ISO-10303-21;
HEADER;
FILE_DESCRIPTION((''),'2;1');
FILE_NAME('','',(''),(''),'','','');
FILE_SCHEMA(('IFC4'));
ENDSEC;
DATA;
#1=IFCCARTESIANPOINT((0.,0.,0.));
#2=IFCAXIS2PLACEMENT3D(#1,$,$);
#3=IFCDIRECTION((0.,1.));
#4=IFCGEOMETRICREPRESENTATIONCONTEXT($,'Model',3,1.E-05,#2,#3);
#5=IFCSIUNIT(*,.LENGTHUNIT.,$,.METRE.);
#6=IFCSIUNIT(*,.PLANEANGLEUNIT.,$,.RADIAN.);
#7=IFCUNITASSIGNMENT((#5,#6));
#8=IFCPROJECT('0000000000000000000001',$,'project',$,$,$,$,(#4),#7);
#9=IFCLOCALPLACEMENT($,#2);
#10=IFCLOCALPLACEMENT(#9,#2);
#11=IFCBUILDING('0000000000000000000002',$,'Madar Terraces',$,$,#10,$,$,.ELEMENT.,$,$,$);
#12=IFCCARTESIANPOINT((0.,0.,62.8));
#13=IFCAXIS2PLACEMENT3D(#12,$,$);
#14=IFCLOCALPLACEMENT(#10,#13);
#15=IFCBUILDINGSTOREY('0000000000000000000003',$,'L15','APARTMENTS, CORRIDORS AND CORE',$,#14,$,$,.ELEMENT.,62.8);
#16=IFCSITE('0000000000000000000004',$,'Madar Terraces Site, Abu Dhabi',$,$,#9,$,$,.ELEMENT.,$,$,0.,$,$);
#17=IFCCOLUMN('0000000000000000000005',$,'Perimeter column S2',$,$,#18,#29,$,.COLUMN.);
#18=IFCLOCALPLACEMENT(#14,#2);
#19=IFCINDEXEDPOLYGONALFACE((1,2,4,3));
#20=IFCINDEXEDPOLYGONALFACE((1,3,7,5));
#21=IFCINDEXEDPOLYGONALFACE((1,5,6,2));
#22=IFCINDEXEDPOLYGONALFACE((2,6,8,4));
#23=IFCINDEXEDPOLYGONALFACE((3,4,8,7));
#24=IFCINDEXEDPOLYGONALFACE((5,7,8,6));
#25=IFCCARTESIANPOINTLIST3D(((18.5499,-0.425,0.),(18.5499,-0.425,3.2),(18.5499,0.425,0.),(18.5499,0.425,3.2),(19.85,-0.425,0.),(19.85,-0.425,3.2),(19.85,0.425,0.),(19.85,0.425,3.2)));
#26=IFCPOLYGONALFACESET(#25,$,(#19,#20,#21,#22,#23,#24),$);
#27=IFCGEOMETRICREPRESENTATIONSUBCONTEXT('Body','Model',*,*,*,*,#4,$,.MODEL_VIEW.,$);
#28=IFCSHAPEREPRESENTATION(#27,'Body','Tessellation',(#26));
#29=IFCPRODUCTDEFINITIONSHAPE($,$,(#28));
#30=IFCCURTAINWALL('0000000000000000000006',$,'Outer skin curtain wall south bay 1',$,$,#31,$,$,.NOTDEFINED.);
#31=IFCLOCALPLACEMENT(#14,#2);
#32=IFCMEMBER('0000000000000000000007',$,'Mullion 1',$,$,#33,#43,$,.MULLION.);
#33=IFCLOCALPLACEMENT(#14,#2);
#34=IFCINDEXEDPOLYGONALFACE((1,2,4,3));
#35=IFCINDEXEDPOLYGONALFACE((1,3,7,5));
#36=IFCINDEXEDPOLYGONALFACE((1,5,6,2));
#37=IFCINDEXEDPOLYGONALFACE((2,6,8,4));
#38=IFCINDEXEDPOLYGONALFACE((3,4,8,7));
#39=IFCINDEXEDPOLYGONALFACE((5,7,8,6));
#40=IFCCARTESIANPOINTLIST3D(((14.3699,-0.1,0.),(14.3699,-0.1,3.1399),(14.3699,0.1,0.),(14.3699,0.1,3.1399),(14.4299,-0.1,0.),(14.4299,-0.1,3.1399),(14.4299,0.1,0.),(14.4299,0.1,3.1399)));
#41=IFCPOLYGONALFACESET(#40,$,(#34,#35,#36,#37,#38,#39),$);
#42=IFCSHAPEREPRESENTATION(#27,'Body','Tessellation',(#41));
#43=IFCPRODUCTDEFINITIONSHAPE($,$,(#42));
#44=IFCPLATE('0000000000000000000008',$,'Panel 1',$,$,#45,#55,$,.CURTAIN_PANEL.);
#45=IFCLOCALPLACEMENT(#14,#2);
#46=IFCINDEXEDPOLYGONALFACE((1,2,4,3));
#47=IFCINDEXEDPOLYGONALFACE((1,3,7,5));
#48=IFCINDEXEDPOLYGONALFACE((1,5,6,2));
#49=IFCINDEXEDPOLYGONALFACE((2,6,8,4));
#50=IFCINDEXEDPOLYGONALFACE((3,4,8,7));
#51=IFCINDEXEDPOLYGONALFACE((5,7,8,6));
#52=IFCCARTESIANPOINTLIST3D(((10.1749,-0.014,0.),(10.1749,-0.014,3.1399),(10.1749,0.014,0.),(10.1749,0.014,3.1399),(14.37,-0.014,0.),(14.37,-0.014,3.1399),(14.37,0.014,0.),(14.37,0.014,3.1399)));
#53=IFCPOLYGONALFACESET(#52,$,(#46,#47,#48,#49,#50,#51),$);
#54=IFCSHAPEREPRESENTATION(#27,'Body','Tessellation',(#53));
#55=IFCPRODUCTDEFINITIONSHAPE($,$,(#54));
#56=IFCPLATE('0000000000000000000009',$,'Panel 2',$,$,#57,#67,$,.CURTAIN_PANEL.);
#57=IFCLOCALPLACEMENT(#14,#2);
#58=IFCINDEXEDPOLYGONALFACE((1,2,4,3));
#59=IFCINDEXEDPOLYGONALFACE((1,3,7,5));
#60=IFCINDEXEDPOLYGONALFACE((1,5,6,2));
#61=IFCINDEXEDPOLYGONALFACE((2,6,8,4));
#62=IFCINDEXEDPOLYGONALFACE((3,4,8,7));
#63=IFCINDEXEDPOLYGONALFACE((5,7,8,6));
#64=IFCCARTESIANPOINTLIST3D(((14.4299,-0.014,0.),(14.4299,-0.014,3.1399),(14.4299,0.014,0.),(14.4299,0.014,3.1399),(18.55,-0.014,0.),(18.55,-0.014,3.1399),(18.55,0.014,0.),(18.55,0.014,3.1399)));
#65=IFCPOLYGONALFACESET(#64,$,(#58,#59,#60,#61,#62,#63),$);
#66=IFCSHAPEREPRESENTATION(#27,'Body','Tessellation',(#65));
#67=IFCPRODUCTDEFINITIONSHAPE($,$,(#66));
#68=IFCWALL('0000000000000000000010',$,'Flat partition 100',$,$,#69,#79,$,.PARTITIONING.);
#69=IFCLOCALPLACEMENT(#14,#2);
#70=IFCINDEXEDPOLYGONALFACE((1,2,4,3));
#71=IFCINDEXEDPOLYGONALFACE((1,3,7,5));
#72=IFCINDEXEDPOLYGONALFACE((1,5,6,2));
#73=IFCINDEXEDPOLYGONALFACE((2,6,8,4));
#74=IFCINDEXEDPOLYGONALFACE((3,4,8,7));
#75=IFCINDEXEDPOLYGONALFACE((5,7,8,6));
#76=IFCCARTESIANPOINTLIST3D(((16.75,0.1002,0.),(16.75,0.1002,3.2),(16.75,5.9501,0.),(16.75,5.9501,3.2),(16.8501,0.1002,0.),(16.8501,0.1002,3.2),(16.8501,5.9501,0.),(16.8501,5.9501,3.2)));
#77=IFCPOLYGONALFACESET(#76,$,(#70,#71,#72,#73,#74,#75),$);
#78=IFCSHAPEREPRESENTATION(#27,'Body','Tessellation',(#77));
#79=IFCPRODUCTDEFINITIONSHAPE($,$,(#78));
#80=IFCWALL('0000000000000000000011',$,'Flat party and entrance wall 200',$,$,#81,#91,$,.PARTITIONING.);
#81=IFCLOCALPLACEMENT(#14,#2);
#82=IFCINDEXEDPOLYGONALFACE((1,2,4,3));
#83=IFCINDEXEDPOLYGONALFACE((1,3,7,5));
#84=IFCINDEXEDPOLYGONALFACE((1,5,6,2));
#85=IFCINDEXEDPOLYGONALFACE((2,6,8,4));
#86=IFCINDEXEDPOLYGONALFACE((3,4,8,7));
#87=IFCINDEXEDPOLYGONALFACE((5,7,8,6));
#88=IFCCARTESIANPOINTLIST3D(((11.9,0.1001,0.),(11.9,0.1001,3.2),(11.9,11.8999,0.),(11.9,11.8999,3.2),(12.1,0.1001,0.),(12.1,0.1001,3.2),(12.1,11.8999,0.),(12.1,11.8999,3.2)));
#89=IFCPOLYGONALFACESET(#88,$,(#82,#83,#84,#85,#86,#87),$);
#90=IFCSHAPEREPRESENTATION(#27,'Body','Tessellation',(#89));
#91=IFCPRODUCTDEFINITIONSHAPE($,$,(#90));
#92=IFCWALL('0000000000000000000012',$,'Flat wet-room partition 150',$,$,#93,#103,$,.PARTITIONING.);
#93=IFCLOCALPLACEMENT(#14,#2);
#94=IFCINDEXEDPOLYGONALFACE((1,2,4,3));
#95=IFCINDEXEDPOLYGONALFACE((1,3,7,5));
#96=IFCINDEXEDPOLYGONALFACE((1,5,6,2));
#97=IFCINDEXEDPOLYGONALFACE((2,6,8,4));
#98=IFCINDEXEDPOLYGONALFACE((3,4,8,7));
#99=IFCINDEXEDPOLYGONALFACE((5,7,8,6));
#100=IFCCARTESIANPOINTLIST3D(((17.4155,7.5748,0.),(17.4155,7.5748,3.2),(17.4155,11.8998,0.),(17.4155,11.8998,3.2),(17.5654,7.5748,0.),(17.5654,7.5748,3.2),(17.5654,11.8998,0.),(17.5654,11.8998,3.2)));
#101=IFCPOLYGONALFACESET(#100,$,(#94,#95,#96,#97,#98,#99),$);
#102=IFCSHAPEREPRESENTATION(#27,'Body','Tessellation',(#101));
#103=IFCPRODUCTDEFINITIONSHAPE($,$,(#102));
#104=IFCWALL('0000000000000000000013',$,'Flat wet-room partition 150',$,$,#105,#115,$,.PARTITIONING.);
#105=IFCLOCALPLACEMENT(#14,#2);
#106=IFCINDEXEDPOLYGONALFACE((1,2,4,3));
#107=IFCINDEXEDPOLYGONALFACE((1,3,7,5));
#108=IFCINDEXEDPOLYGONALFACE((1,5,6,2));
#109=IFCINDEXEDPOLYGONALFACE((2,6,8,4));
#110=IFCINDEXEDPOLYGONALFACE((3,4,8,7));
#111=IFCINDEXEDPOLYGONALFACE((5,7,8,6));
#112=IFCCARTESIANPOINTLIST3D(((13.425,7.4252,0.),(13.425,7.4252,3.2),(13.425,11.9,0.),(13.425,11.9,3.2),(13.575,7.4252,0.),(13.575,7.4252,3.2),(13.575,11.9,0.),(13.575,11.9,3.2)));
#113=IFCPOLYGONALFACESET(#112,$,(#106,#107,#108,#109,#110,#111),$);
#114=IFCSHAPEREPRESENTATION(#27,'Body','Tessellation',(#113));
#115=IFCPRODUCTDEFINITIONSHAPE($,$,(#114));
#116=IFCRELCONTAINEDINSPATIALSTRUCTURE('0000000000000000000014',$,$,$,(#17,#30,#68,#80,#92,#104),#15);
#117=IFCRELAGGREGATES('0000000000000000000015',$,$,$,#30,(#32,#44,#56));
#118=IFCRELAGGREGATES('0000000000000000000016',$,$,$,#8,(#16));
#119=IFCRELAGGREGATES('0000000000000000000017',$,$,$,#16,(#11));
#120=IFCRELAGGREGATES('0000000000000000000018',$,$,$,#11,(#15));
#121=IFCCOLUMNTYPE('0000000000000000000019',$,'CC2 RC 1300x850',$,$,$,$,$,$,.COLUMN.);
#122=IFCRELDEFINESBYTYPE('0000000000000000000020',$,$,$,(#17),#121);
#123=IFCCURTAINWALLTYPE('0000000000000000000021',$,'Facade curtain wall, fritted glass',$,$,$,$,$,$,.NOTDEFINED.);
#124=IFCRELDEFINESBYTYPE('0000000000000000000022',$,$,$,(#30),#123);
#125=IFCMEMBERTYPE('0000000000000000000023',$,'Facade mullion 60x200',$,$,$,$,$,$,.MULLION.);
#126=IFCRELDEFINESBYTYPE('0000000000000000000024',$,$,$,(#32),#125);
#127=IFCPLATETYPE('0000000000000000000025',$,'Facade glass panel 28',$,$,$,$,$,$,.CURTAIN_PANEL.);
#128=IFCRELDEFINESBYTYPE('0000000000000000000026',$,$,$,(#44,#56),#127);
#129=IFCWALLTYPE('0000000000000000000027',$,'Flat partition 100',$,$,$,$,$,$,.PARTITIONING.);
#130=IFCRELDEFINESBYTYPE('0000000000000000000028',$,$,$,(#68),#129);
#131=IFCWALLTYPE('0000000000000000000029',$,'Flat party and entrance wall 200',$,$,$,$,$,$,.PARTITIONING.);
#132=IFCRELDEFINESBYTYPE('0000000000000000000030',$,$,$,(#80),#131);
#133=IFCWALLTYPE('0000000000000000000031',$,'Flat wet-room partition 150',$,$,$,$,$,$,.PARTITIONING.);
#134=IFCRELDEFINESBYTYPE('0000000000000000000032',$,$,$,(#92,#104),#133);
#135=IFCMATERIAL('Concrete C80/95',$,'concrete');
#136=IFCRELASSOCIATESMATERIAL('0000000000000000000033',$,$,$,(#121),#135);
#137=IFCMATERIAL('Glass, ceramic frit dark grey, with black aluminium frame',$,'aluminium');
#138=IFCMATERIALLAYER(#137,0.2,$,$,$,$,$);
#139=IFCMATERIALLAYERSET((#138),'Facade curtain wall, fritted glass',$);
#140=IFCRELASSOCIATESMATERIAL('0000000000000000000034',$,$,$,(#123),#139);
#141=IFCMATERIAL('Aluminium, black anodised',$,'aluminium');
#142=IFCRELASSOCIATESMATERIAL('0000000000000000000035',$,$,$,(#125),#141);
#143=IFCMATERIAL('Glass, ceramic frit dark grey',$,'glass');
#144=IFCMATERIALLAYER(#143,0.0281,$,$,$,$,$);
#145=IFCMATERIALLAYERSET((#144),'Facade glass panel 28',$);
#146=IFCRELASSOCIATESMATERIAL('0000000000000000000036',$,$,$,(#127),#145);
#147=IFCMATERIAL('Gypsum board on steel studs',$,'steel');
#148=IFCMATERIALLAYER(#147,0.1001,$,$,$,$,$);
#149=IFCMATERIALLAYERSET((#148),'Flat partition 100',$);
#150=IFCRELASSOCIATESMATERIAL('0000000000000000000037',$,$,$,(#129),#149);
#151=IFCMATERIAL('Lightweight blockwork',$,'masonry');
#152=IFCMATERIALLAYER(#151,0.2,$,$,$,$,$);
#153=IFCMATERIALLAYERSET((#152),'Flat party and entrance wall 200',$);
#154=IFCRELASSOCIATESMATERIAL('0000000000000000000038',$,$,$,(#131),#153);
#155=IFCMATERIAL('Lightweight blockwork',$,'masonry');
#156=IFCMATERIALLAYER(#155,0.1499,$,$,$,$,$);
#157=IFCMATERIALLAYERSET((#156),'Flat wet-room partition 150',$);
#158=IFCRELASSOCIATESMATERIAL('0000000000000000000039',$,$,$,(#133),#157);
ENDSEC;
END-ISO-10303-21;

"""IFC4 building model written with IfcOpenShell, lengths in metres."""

from ifc_helpers import new_model, si_unit, direction, frame, frame_2d, origin, origin_2d, place, context, subcontext, project, spatial, rectangle, extrude, material, layer, layer_set, material_profile, profile_set, type_object, element, aggregate, save


model = new_model("IFC4")

# Units and contexts
model_context = context("Model", 3, precision=1e-05, world=origin(), true_north=direction((0.0, 1.0)))
body_context = subcontext(model_context, "Body", "Model", "MODEL_VIEW")
ifc_project = project(units=[si_unit("LENGTHUNIT", "METRE"), si_unit("PLANEANGLEUNIT", "RADIAN")], contexts=[model_context])

# Site, building, storey
site_placement = place(None, origin())
site = spatial("IfcSite", under=ifc_project, at=site_placement, Name="Madar Terraces Site, Abu Dhabi", CompositionType="ELEMENT", RefElevation=0.0)
building_placement = place(site_placement, origin())
building = spatial("IfcBuilding", under=site, at=building_placement, Name="Madar Terraces", CompositionType="ELEMENT")
storey_placement = place(building_placement, frame((0.0, 0.0, 62.8)))
storey = spatial("IfcBuildingStorey", under=building, at=storey_placement, Name="L15", Description="APARTMENTS, CORRIDORS AND CORE", CompositionType="ELEMENT", Elevation=62.8)

# Column
ifc_material_1 = material(Name="Concrete C80/95", Category="concrete")
ifc_material_profile_1 = material_profile(ifc_material_1, rectangle(XDim=1.3, YDim=0.8501, at=origin_2d()), Name="CC2 RC 1300x850")
ifc_profile_set_1 = profile_set([ifc_material_profile_1], Name="Concrete C80/95")
column_type = type_object("IfcColumnType", Name="CC2 RC 1300x850", PredefinedType="COLUMN", material=ifc_profile_set_1)
column_placement = place(storey_placement, frame((19.2, 0.0, 0.0), z_axis=(0.0, 0.0, 1.0), x_axis=(1.0, 0.0, 0.0)))
element("IfcColumn", 1, at=column_placement, inside=storey, type_object=column_type, Name="Perimeter column S2", PredefinedType="COLUMN", context=body_context, shape_type="SweptSolid", body=[
    extrude(rectangle(XDim=1.3, YDim=0.8501, at=origin_2d()), origin(), (0.0, 0.0, 1.0), 3.2),
])

# Curtain wall, member, plates
ifc_material_2 = material(Name="Glass, ceramic frit dark grey, with black aluminium frame", Category="aluminium")
ifc_layer_1 = layer(ifc_material_2, 0.2)
ifc_layer_set_1 = layer_set([ifc_layer_1], Name="Facade curtain wall, fritted glass")
curtain_wall_type = type_object("IfcCurtainWallType", Name="Facade curtain wall, fritted glass", PredefinedType="NOTDEFINED", material=ifc_layer_set_1)
curtain_wall_placement = place(storey_placement, origin())
curtain_wall = element("IfcCurtainWall", 2, at=curtain_wall_placement, inside=storey, type_object=curtain_wall_type, Name="Outer skin curtain wall south bay 1", PredefinedType="NOTDEFINED")
ifc_material_3 = material(Name="Aluminium, black anodised", Category="aluminium")
ifc_material_profile_2 = material_profile(ifc_material_3, rectangle(XDim=0.2, YDim=0.0601, at=origin_2d()), Name="Facade mullion 60x200")
ifc_profile_set_2 = profile_set([ifc_material_profile_2], Name="Aluminium, black anodised")
member_type = type_object("IfcMemberType", Name="Facade mullion 60x200", PredefinedType="MULLION", material=ifc_profile_set_2)
member_placement = place(storey_placement, frame((14.3999, 0.0, 0.0), z_axis=(0.0, 0.0, 1.0), x_axis=(0.0, 1.0, 0.0)))
member = element("IfcMember", 3, at=member_placement, type_object=member_type, Name="Mullion 1", PredefinedType="MULLION", context=body_context, shape_type="SweptSolid", body=[
    extrude(rectangle(XDim=0.2, YDim=0.0601, at=origin_2d()), origin(), (0.0, 0.0, 1.0), 3.1399),
])
ifc_material_4 = material(Name="Glass, ceramic frit dark grey", Category="glass")
ifc_layer_2 = layer(ifc_material_4, 0.0281)
ifc_layer_set_2 = layer_set([ifc_layer_2], Name="Facade glass panel 28")
plate_type = type_object("IfcPlateType", Name="Facade glass panel 28", PredefinedType="CURTAIN_PANEL", material=ifc_layer_set_2)
plate_1_placement = place(storey_placement, frame((12.2725, 0.0, 0.0), z_axis=(0.0, 0.0, 1.0), x_axis=(1.0, 0.0, 0.0)))
plate_1 = element("IfcPlate", 4, at=plate_1_placement, type_object=plate_type, Name="Panel 1", PredefinedType="CURTAIN_PANEL", context=body_context, shape_type="SweptSolid", body=[
    extrude(rectangle(XDim=4.1951, YDim=0.0281, at=origin_2d()), origin(), (0.0, 0.0, 1.0), 3.1399),
])
plate_2_placement = place(storey_placement, frame((16.49, 0.0, 0.0), z_axis=(0.0, 0.0, 1.0), x_axis=(1.0, 0.0, 0.0)))
plate_2 = element("IfcPlate", 5, at=plate_2_placement, type_object=plate_type, Name="Panel 2", PredefinedType="CURTAIN_PANEL", context=body_context, shape_type="SweptSolid", body=[
    extrude(rectangle(XDim=4.1201, YDim=0.0281, at=origin_2d()), origin(), (0.0, 0.0, 1.0), 3.1399),
])
aggregate(curtain_wall, [member, plate_1, plate_2])

# Walls
ifc_material_5 = material(Name="Gypsum board on steel studs", Category="steel")
ifc_layer_3 = layer(ifc_material_5, 0.1001)
ifc_layer_set_3 = layer_set([ifc_layer_3], Name="Flat partition 100")
wall_type_1 = type_object("IfcWallType", Name="Flat partition 100", PredefinedType="PARTITIONING", material=ifc_layer_set_3)
wall_1_placement = place(storey_placement, frame((16.8, 5.95, 0.0), z_axis=(0.0, 0.0, 1.0), x_axis=(0.0, -1.0, 0.0)))
element("IfcWall", 6, at=wall_1_placement, inside=storey, type_object=wall_type_1, Name="Flat partition 100", PredefinedType="PARTITIONING", context=body_context, shape_type="SweptSolid", body=[
    extrude(rectangle(XDim=5.8499, YDim=0.1001, at=frame_2d((2.9248, 0.0))), origin(), (0.0, 0.0, 1.0), 3.2),
])
ifc_material_6 = material(Name="Lightweight blockwork", Category="masonry")
ifc_layer_4 = layer(ifc_material_6, 0.2)
ifc_layer_set_4 = layer_set([ifc_layer_4], Name="Flat party and entrance wall 200")
wall_type_2 = type_object("IfcWallType", Name="Flat party and entrance wall 200", PredefinedType="PARTITIONING", material=ifc_layer_set_4)
wall_2_placement = place(storey_placement, frame((12.0, 0.1001, 0.0), z_axis=(0.0, 0.0, 1.0), x_axis=(0.0, 1.0, 0.0)))
element("IfcWall", 7, at=wall_2_placement, inside=storey, type_object=wall_type_2, Name="Flat party and entrance wall 200", PredefinedType="PARTITIONING", context=body_context, shape_type="SweptSolid", body=[
    extrude(rectangle(XDim=11.7998, YDim=0.2, at=frame_2d((5.8999, 0.0))), origin(), (0.0, 0.0, 1.0), 3.2),
])
ifc_material_7 = material(Name="Lightweight blockwork", Category="masonry")
ifc_layer_5 = layer(ifc_material_7, 0.1499)
ifc_layer_set_5 = layer_set([ifc_layer_5], Name="Flat wet-room partition 150")
wall_type_3 = type_object("IfcWallType", Name="Flat wet-room partition 150", PredefinedType="PARTITIONING", material=ifc_layer_set_5)
wall_3_placement = place(storey_placement, frame((17.4905, 11.8999, 0.0), z_axis=(0.0, 0.0, 1.0), x_axis=(0.0, -1.0, 0.0)))
element("IfcWall", 8, at=wall_3_placement, inside=storey, type_object=wall_type_3, Name="Flat wet-room partition 150", PredefinedType="PARTITIONING", context=body_context, shape_type="SweptSolid", body=[
    extrude(rectangle(XDim=4.325, YDim=0.1499, at=frame_2d((2.1626, 0.0))), origin(), (0.0, 0.0, 1.0), 3.2),
])
wall_4_placement = place(storey_placement, frame((13.5, 11.8999, 0.0), z_axis=(0.0, 0.0, 1.0), x_axis=(0.0, -1.0, 0.0)))
element("IfcWall", 9, at=wall_4_placement, inside=storey, type_object=wall_type_3, Name="Flat wet-room partition 150", PredefinedType="PARTITIONING", context=body_context, shape_type="SweptSolid", body=[
    extrude(rectangle(XDim=4.4749, YDim=0.1499, at=frame_2d((2.2373, 0.0))), origin(), (0.0, 0.0, 1.0), 3.2),
])

save(model, "model.ifc")
